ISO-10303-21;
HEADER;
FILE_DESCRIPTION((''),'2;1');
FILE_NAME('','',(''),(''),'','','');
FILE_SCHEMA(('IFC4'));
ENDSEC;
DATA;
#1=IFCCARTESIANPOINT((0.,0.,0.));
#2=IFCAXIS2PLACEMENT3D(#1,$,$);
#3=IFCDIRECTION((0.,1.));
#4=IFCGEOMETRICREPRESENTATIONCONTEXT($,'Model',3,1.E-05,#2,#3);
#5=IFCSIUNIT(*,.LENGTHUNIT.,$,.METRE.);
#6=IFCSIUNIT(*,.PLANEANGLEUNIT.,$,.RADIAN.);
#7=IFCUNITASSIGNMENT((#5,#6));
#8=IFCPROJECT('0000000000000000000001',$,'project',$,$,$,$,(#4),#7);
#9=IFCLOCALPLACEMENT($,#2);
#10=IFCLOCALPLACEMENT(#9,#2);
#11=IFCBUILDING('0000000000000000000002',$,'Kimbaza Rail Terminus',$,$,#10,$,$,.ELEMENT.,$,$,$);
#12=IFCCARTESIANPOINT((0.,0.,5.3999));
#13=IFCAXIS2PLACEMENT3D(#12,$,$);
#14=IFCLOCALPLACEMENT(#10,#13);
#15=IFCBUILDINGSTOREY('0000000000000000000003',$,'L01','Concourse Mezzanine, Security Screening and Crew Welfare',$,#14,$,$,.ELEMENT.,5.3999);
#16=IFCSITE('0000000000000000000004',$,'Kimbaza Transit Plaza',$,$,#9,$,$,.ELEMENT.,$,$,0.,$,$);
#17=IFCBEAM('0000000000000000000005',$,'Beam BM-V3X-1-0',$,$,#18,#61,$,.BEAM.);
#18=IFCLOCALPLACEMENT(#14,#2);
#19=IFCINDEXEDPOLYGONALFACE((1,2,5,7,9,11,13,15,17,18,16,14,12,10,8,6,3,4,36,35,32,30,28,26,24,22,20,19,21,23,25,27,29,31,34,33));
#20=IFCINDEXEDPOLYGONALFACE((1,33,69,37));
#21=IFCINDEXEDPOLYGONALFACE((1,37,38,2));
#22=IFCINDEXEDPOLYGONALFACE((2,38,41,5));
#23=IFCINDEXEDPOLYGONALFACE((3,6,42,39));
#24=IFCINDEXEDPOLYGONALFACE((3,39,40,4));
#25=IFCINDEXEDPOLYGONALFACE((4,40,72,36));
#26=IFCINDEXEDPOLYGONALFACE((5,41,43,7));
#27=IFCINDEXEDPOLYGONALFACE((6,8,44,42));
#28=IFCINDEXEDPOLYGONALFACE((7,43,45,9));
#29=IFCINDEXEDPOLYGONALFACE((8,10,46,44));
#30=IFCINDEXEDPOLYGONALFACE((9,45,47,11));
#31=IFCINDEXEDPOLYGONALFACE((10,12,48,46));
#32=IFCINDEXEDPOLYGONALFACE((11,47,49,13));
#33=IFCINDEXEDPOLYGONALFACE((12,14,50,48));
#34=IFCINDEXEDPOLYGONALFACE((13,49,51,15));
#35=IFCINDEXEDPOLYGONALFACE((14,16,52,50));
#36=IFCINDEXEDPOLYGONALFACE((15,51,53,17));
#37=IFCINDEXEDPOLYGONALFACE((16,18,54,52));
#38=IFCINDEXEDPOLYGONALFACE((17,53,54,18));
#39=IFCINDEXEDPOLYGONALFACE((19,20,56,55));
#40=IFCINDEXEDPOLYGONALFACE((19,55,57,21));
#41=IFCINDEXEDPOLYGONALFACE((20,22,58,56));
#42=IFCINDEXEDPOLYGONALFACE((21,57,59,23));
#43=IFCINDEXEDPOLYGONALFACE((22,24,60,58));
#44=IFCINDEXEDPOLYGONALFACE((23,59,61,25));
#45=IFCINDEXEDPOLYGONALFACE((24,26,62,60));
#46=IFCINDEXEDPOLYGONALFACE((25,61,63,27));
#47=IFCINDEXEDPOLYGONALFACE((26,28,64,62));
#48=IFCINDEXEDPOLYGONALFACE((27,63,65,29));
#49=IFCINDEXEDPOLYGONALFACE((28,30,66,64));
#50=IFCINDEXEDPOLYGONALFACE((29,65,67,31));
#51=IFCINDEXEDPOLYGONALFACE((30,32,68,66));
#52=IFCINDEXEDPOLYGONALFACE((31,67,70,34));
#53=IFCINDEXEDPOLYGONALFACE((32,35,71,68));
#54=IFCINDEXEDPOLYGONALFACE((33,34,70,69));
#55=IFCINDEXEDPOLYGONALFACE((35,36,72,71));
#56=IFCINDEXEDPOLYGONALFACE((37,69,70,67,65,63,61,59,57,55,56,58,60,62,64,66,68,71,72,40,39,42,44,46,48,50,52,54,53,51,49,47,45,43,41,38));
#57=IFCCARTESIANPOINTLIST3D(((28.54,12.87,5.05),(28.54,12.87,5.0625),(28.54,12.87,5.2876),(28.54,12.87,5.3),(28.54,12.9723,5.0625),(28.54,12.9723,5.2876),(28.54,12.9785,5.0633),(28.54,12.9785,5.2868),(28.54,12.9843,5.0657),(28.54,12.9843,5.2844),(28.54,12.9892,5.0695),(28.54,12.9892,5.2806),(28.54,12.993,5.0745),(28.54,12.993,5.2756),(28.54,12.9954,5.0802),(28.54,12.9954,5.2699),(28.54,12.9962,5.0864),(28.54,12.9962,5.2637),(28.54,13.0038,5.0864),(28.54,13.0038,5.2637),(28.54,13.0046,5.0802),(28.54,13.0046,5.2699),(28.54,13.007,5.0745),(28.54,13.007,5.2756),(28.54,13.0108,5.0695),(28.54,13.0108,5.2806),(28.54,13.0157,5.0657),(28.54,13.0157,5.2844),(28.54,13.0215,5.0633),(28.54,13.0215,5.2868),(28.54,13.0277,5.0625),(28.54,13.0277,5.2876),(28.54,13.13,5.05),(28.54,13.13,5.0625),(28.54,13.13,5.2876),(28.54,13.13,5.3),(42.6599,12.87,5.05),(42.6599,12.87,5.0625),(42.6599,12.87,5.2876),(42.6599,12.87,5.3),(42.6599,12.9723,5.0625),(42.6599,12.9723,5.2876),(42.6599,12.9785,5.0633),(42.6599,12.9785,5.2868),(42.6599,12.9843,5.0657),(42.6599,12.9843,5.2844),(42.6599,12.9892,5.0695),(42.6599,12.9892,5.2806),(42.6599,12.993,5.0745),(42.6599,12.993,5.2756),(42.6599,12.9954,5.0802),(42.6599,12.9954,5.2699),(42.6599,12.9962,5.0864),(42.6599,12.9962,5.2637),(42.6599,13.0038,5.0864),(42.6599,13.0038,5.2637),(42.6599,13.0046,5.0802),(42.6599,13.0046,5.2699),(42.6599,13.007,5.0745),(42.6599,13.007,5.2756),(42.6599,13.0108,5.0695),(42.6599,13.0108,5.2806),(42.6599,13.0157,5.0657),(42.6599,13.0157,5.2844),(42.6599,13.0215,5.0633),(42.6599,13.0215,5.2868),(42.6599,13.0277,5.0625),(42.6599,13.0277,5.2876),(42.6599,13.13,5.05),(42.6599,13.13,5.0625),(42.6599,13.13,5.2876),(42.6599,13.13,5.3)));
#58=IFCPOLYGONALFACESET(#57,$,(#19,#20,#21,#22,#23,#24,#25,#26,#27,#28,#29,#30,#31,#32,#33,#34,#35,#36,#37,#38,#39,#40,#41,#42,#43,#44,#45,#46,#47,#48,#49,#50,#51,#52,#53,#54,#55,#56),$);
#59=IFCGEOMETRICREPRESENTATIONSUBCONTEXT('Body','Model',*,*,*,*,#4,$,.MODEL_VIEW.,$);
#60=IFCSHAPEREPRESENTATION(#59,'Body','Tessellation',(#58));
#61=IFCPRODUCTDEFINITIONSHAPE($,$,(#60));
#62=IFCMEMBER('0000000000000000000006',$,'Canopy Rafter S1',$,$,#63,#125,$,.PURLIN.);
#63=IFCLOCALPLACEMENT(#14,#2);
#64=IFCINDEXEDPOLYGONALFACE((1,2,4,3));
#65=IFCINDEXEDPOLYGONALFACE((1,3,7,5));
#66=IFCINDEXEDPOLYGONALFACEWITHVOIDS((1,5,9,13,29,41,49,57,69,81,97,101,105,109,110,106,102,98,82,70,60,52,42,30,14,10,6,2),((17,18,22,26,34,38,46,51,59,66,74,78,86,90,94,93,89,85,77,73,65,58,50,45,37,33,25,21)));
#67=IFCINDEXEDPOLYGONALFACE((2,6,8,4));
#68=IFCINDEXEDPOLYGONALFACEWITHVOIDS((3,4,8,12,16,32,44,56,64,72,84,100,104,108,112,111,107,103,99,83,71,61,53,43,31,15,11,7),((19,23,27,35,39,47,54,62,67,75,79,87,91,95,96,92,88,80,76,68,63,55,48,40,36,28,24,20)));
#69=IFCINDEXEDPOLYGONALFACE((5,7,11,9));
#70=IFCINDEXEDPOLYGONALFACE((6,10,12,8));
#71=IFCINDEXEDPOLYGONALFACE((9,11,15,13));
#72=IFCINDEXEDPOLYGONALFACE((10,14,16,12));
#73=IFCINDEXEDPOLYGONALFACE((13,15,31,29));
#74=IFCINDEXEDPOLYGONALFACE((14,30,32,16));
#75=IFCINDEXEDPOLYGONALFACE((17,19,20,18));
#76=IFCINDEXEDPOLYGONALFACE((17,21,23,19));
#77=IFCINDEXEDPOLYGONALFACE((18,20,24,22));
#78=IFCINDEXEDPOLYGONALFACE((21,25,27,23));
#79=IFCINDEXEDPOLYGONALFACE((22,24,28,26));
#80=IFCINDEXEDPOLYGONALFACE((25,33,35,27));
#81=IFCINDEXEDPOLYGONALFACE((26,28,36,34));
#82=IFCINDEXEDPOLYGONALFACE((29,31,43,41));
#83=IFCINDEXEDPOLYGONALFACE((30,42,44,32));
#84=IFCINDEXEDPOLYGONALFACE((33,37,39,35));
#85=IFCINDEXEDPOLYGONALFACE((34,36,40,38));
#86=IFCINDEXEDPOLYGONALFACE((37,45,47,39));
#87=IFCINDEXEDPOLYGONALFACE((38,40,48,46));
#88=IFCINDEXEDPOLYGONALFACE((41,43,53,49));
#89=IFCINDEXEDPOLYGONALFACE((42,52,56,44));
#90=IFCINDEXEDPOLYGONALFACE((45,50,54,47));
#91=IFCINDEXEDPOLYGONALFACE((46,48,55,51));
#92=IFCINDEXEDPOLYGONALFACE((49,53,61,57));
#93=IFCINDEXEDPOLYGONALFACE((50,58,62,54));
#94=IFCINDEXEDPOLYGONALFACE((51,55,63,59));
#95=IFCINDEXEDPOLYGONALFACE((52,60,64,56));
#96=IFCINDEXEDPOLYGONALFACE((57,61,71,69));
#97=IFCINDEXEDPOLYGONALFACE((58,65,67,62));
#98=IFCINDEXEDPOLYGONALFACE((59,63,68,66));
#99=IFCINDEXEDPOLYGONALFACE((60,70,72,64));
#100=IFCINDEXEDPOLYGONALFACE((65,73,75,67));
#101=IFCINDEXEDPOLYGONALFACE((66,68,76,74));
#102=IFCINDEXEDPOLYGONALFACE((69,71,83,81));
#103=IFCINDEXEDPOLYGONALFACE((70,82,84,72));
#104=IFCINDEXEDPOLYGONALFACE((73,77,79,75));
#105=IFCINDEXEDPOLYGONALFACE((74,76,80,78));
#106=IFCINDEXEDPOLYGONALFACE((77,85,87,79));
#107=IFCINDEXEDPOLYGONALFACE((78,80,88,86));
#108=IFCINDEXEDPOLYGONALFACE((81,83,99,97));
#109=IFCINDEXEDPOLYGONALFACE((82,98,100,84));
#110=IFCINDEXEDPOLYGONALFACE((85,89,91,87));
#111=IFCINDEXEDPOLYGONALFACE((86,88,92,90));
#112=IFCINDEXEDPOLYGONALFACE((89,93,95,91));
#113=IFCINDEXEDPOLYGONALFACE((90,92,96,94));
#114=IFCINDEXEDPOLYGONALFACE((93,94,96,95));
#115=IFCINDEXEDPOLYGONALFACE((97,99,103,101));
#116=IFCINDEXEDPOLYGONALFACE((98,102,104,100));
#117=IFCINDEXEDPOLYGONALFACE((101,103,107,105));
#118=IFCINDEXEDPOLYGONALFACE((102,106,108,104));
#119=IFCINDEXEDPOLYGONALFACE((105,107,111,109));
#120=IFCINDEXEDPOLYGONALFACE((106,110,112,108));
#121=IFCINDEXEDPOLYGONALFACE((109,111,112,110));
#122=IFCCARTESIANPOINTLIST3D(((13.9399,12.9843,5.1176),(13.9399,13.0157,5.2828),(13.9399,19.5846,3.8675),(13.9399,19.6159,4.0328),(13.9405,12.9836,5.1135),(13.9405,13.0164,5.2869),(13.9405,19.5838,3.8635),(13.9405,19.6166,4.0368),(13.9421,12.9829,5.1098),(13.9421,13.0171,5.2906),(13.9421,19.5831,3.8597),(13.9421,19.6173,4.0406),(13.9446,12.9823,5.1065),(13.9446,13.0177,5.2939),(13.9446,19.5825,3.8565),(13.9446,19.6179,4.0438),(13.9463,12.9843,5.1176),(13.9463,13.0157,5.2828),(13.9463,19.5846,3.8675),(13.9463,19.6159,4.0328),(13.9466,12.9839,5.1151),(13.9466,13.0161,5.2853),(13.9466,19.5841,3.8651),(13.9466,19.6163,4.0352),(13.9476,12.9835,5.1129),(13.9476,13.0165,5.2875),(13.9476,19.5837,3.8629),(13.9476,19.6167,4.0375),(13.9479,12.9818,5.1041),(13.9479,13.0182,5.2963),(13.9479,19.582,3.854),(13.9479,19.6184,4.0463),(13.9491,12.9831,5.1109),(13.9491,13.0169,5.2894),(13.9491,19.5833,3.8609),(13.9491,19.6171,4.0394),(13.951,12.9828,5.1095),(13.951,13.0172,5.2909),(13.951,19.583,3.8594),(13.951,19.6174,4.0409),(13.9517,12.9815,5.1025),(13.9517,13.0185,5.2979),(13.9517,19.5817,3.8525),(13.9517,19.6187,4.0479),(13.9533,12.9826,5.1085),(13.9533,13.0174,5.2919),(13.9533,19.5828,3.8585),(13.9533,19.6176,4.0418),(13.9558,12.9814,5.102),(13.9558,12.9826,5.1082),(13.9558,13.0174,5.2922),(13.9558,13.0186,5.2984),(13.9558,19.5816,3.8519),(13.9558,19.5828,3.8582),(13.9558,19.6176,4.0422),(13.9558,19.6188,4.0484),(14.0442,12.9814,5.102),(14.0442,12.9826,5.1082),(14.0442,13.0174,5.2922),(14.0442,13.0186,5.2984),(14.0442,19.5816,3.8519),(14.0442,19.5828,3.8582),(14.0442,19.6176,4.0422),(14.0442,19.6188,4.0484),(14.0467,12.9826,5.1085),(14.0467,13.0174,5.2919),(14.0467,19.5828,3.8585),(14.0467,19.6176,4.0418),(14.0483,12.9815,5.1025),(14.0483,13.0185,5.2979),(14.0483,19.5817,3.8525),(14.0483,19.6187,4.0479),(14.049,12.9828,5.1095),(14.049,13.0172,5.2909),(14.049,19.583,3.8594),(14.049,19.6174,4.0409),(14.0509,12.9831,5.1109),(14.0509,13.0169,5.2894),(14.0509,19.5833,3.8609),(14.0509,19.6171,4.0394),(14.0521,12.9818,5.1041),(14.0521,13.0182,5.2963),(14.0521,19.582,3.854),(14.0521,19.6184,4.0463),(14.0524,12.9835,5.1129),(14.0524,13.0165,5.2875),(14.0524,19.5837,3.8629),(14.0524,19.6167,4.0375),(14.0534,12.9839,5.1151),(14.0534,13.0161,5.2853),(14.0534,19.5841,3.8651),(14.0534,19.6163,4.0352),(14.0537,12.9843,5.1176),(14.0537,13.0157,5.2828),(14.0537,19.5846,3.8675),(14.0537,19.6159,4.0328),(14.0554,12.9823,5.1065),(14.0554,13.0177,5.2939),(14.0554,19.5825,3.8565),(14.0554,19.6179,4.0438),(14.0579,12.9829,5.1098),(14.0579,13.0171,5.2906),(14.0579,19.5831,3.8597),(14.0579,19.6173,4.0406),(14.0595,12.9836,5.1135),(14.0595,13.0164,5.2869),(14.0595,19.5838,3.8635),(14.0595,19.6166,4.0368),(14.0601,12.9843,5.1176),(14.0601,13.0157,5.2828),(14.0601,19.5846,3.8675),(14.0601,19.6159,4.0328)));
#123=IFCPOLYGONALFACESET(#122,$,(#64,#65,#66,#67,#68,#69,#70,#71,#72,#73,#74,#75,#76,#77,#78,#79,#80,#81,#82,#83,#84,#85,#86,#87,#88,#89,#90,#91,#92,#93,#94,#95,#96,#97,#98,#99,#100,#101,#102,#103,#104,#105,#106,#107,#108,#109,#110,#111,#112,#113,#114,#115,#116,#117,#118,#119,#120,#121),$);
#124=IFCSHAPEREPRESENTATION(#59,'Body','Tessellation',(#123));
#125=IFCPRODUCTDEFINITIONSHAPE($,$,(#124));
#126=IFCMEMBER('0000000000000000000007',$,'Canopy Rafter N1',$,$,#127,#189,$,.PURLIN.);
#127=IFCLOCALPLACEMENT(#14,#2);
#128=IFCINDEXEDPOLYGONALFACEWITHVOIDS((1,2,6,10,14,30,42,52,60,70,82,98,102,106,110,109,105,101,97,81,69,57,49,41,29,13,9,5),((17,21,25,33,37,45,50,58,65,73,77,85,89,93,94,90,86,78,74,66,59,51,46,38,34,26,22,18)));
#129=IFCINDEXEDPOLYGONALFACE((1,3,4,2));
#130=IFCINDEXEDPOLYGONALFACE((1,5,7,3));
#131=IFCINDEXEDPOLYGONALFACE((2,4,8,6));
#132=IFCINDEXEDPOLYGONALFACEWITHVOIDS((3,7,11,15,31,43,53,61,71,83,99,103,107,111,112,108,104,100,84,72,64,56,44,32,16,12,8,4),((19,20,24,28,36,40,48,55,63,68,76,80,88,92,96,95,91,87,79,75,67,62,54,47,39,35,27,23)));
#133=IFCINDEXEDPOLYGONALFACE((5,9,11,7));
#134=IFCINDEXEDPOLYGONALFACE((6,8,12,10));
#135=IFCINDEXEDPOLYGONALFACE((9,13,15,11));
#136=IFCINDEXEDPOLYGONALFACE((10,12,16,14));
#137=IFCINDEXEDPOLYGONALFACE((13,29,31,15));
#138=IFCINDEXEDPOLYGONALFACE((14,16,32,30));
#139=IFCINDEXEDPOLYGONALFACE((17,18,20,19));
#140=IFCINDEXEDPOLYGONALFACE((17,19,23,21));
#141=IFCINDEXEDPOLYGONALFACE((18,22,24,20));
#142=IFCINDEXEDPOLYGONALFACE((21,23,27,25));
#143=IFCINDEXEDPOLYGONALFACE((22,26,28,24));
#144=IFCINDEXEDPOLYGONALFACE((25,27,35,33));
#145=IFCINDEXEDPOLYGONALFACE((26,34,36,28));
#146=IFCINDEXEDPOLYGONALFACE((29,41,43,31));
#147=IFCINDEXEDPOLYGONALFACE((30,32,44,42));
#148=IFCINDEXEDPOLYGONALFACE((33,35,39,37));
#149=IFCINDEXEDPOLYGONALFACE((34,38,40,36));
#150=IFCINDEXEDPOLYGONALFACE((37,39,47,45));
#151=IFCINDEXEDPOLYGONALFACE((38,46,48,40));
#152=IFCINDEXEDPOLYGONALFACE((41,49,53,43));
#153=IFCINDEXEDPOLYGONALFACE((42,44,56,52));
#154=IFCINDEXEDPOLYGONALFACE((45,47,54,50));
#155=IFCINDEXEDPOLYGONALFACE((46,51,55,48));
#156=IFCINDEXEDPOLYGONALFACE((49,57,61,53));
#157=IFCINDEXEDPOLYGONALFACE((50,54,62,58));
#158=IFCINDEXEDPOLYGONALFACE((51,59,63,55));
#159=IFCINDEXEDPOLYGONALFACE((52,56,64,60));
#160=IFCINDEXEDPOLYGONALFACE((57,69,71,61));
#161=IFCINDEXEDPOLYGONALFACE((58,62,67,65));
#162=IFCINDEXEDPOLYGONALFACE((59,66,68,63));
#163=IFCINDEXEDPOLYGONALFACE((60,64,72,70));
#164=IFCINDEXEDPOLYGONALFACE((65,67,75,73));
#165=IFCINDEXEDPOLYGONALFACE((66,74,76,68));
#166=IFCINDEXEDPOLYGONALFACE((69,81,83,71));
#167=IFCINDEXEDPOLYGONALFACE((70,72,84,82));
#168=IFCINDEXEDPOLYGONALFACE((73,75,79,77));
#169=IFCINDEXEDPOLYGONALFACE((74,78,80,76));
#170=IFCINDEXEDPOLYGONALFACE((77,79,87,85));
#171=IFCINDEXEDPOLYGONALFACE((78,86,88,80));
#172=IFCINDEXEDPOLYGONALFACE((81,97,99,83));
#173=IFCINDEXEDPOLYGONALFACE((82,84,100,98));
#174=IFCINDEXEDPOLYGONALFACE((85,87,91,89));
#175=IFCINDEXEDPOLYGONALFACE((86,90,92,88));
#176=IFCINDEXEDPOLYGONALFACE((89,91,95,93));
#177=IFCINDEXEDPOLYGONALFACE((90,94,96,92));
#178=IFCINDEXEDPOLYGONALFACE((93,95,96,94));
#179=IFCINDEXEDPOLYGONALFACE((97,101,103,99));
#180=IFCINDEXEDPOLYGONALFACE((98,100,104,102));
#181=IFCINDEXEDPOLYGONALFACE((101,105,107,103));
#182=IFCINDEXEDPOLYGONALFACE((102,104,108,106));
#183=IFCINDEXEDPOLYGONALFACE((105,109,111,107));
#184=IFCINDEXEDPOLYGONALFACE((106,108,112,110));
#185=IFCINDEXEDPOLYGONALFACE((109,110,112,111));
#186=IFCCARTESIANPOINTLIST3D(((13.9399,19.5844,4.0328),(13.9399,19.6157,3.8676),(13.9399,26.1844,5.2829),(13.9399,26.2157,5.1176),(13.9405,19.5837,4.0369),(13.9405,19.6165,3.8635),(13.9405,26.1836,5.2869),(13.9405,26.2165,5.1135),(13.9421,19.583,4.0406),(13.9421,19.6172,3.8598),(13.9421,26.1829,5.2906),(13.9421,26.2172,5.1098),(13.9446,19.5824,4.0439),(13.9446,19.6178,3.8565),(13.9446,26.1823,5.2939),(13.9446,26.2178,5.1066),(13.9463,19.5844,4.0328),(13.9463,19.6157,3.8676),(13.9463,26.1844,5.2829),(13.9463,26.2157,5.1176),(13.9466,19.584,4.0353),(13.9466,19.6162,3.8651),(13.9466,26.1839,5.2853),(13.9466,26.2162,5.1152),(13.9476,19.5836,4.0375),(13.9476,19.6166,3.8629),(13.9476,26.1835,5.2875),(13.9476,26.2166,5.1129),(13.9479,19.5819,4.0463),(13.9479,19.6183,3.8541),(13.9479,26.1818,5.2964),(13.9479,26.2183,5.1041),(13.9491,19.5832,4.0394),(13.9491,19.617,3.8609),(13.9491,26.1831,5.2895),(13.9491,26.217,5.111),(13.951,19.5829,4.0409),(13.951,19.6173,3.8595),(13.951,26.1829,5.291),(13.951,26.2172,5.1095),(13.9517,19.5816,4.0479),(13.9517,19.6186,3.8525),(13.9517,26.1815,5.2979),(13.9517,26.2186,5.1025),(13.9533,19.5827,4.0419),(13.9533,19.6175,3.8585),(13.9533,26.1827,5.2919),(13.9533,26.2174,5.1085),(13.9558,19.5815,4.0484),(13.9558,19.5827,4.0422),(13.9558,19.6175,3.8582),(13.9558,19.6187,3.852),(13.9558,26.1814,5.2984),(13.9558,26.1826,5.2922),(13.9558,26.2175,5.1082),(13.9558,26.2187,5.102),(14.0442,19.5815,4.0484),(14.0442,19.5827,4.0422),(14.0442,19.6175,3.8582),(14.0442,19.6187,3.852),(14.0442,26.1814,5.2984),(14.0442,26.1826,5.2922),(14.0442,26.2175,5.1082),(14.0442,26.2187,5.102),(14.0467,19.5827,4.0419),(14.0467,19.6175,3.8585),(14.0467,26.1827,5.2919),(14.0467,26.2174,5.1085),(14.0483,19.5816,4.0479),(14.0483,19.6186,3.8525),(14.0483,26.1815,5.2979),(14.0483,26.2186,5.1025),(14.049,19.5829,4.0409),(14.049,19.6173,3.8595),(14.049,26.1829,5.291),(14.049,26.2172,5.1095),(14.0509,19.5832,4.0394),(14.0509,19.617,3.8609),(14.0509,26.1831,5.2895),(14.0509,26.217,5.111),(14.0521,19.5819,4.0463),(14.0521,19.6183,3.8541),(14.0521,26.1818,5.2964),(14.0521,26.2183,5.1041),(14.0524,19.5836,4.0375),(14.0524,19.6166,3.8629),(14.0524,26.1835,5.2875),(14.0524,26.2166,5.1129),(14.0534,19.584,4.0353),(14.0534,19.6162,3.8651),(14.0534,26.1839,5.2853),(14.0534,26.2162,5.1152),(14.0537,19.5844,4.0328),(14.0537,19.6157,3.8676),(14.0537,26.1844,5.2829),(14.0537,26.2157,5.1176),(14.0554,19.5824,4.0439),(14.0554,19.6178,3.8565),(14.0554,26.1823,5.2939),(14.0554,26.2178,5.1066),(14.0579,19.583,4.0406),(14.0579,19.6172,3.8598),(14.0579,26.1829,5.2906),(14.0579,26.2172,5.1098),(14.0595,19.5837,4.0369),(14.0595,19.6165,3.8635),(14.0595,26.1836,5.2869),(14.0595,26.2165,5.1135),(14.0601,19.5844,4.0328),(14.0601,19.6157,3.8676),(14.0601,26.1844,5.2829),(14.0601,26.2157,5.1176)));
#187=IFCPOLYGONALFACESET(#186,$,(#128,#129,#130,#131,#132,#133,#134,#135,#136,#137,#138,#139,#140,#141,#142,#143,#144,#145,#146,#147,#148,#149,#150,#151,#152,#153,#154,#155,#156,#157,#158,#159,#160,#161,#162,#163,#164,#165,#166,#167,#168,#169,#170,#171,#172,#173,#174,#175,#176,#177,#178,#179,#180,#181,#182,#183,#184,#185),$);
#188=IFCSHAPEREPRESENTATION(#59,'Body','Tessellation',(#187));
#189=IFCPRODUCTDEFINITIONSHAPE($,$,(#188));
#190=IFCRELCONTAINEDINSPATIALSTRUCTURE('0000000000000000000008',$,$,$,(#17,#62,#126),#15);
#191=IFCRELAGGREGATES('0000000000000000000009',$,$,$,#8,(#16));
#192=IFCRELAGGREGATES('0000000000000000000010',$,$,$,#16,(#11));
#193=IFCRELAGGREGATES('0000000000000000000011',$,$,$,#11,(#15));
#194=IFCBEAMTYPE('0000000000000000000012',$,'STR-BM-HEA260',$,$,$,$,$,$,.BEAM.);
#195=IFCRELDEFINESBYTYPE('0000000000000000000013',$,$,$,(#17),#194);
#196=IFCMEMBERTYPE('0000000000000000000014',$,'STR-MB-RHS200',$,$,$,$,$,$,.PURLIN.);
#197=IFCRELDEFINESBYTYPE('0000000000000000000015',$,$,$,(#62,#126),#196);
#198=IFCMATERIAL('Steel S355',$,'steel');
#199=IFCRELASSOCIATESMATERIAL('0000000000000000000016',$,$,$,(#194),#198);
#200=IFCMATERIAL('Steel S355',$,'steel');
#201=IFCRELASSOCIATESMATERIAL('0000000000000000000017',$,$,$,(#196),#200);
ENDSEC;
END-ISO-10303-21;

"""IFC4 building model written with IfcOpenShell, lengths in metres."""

from ifc_helpers import new_model, si_unit, direction, frame, origin, origin_2d, place, context, subcontext, project, spatial, hollow_rectangle, i_section, extrude, material, material_profile, profile_set, type_object, element, save


model = new_model("IFC4")

# Units and contexts
model_context = context("Model", 3, precision=1e-05, world=origin(), true_north=direction((0.0, 1.0)))
body_context = subcontext(model_context, "Body", "Model", "MODEL_VIEW")
ifc_project = project(units=[si_unit("LENGTHUNIT", "METRE"), si_unit("PLANEANGLEUNIT", "RADIAN")], contexts=[model_context])

# Site, building, storey
site_placement = place(None, origin())
site = spatial("IfcSite", under=ifc_project, at=site_placement, Name="Kimbaza Transit Plaza", CompositionType="ELEMENT", RefElevation=0.0)
building_placement = place(site_placement, origin())
building = spatial("IfcBuilding", under=site, at=building_placement, Name="Kimbaza Rail Terminus", CompositionType="ELEMENT")
storey_placement = place(building_placement, frame((0.0, 0.0, 5.3999)))
storey = spatial("IfcBuildingStorey", under=building, at=storey_placement, Name="L01", Description="Concourse Mezzanine, Security Screening and Crew Welfare", CompositionType="ELEMENT", Elevation=5.3999)

# Beam
ifc_material_1 = material(Name="Steel S355", Category="steel")
ifc_material_profile_1 = material_profile(ifc_material_1, i_section(OverallWidth=0.26, OverallDepth=0.25, WebThickness=0.0076, FlangeThickness=0.0125, FilletRadius=0.0239, at=origin_2d()), Name="HEA 260")
ifc_profile_set_1 = profile_set([ifc_material_profile_1], Name="Steel S355")
beam_type = type_object("IfcBeamType", Name="STR-BM-HEA260", PredefinedType="BEAM", material=ifc_profile_set_1)
beam_placement = place(storey_placement, frame((28.54, 13.0, 5.175), z_axis=(1.0, 0.0, 0.0), x_axis=(0.0, 1.0, 0.0)))
element("IfcBeam", 1, at=beam_placement, inside=storey, type_object=beam_type, Name="Beam BM-V3X-1-0", PredefinedType="BEAM", context=body_context, shape_type="SweptSolid", body=[
    extrude(i_section(OverallWidth=0.26, OverallDepth=0.25, WebThickness=0.0076, FlangeThickness=0.0125, FilletRadius=0.0239, at=origin_2d()), origin(), (0.0, 0.0, 1.0), 14.1199),
])

# Members
ifc_material_2 = material(Name="Steel S355", Category="steel")
ifc_material_profile_2 = material_profile(ifc_material_2, hollow_rectangle(XDim=0.1201, YDim=0.2, WallThickness=0.0063, InnerFilletRadius=0.0095, OuterFilletRadius=0.0159, at=origin_2d()), Name="RHS 200x120x6.3")
ifc_profile_set_2 = profile_set([ifc_material_profile_2], Name="Steel S355")
member_type = type_object("IfcMemberType", Name="STR-MB-RHS200", PredefinedType="PURLIN", material=ifc_profile_set_2)
member_1_placement = place(storey_placement, frame((14.0, 13.0, 5.2002), z_axis=(0.0, 0.982534, -0.186083), x_axis=(-1.0, 0.0, 0.0)))
element("IfcMember", 2, at=member_1_placement, inside=storey, type_object=member_type, Name="Canopy Rafter S1", PredefinedType="PURLIN", context=body_context, shape_type="SweptSolid", body=[
    extrude(hollow_rectangle(XDim=0.1201, YDim=0.2, WallThickness=0.0063, InnerFilletRadius=0.0095, OuterFilletRadius=0.0159, at=origin_2d()), origin(), (0.0, 0.0, 1.0), 6.7175),
])
member_2_placement = place(storey_placement, frame((14.0, 19.6001, 3.9502), z_axis=(0.0, 0.982533, 0.18609), x_axis=(-1.0, 0.0, 0.0)))
element("IfcMember", 3, at=member_2_placement, inside=storey, type_object=member_type, Name="Canopy Rafter N1", PredefinedType="PURLIN", context=body_context, shape_type="SweptSolid", body=[
    extrude(hollow_rectangle(XDim=0.1201, YDim=0.2, WallThickness=0.0063, InnerFilletRadius=0.0095, OuterFilletRadius=0.0159, at=origin_2d()), origin(), (0.0, 0.0, 1.0), 6.7173),
])

save(model, "model.ifc")
